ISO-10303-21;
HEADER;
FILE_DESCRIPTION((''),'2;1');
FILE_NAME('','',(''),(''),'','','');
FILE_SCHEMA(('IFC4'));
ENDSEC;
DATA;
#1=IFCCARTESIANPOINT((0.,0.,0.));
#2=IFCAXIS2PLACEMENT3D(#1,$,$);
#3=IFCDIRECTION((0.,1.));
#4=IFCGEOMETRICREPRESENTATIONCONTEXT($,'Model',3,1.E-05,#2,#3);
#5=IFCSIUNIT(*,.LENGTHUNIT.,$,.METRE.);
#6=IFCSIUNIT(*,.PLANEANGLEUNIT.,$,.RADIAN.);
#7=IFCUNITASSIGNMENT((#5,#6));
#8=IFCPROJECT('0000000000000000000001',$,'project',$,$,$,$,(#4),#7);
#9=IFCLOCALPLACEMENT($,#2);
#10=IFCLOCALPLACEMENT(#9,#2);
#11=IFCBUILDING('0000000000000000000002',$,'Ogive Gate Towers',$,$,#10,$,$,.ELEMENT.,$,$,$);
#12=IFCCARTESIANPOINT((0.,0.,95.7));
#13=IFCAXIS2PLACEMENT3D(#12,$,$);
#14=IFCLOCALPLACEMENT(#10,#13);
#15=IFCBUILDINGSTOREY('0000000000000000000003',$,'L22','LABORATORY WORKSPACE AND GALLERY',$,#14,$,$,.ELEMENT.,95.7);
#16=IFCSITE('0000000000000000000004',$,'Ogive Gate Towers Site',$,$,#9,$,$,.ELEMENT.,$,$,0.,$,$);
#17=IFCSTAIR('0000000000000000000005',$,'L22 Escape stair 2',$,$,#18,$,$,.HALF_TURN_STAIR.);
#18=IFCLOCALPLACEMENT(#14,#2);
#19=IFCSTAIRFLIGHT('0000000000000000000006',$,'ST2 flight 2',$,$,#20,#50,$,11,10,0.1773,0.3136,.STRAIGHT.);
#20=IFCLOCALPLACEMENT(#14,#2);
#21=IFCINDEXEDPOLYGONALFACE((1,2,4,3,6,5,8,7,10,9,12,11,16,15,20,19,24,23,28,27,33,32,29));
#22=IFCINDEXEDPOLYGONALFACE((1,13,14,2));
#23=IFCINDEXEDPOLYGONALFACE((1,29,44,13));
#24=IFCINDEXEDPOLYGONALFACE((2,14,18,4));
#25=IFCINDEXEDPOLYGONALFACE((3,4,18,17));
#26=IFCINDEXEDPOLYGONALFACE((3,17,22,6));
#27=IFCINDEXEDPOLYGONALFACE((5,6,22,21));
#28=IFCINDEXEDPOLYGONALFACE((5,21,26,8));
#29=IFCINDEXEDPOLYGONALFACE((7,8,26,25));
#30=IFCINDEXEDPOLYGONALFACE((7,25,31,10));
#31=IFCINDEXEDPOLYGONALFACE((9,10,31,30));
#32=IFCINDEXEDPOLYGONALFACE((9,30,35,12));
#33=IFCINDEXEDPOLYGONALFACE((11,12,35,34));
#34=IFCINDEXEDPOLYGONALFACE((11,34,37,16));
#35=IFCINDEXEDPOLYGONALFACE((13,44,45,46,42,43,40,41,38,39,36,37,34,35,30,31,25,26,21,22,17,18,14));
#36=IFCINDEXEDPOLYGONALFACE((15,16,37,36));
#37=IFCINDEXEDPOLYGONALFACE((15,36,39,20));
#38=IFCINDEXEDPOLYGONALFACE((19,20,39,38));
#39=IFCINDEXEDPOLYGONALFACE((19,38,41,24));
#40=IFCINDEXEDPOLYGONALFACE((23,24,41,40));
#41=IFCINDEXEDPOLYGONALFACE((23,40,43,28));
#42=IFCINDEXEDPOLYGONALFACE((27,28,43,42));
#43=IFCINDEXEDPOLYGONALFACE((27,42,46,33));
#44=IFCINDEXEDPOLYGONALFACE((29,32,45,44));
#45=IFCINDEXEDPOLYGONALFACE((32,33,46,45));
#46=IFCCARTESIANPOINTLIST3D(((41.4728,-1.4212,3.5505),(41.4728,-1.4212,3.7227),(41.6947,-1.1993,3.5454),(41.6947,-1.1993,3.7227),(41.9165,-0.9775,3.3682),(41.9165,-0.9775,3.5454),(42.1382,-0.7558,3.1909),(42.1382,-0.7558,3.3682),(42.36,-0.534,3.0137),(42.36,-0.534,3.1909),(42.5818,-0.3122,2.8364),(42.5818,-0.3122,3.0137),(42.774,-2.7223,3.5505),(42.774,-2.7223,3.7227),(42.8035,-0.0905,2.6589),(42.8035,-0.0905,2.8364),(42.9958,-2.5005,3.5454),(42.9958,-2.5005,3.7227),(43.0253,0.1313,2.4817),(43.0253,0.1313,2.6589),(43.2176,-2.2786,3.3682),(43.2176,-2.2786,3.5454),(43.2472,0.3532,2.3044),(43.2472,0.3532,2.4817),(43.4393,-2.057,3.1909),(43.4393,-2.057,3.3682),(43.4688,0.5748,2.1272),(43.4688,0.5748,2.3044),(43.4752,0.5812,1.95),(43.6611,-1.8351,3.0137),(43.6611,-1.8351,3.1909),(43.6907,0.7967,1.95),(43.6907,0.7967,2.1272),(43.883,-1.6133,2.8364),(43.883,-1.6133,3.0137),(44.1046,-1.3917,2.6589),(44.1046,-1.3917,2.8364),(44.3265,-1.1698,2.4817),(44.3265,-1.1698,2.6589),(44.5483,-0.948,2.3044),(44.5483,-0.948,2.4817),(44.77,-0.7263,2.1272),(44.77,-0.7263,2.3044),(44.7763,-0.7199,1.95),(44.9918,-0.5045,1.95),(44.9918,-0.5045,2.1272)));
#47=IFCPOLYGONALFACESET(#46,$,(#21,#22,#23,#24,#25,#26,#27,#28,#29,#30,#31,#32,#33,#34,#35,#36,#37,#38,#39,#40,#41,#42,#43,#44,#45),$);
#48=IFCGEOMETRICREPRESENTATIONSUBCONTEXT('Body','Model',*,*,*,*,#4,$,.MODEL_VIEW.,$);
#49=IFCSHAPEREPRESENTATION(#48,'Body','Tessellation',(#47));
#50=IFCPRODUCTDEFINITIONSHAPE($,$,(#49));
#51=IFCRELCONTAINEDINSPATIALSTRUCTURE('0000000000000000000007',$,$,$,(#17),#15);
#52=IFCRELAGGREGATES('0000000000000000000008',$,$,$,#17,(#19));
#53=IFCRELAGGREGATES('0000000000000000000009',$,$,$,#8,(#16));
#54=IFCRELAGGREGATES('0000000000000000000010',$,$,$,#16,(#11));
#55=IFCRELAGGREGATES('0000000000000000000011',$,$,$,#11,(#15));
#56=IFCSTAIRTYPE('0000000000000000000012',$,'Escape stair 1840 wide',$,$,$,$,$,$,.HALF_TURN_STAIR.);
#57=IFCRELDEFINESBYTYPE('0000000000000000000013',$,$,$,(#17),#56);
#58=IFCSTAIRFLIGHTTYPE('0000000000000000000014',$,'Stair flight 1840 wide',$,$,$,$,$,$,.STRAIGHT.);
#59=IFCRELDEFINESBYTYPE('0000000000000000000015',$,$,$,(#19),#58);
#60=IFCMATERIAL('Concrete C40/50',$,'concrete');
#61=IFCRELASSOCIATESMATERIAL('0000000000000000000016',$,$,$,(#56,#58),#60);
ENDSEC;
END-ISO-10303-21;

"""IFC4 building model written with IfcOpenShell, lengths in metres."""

from ifc_helpers import new_model, si_unit, direction, frame, origin, place, context, subcontext, project, spatial, polyline, outline, extrude, material, type_object, element, aggregate, save


model = new_model("IFC4")

# Units and contexts
model_context = context("Model", 3, precision=1e-05, world=origin(), true_north=direction((0.0, 1.0)))
body_context = subcontext(model_context, "Body", "Model", "MODEL_VIEW")
ifc_project = project(units=[si_unit("LENGTHUNIT", "METRE"), si_unit("PLANEANGLEUNIT", "RADIAN")], contexts=[model_context])

# Site, building, storey
site_placement = place(None, origin())
site = spatial("IfcSite", under=ifc_project, at=site_placement, Name="Ogive Gate Towers Site", CompositionType="ELEMENT", RefElevation=0.0)
building_placement = place(site_placement, origin())
building = spatial("IfcBuilding", under=site, at=building_placement, Name="Ogive Gate Towers", CompositionType="ELEMENT")
storey_placement = place(building_placement, frame((0.0, 0.0, 95.7)))
storey = spatial("IfcBuildingStorey", under=building, at=storey_placement, Name="L22", Description="LABORATORY WORKSPACE AND GALLERY", CompositionType="ELEMENT", Elevation=95.7)

# Shared definitions
ifc_material_1 = material(Name="Concrete C40/50", Category="concrete")

# Stair, stair flight
stair_type = type_object("IfcStairType", Name="Escape stair 1840 wide", PredefinedType="HALF_TURN_STAIR", material=ifc_material_1)
stair_placement = place(storey_placement, origin())
stair = element("IfcStair", 1, at=stair_placement, inside=storey, type_object=stair_type, Name="L22 Escape stair 2", PredefinedType="HALF_TURN_STAIR")
stair_flight_type = type_object("IfcStairFlightType", Name="Stair flight 1840 wide", PredefinedType="STRAIGHT", material=ifc_material_1)
stair_flight_placement = place(storey_placement, frame((44.3413, 0.146, 1.95), z_axis=(0.0, 0.0, 1.0), x_axis=(-0.707107, -0.707107, 0.0)))
stair_flight = element("IfcStairFlight", 2, at=stair_flight_placement, type_object=stair_flight_type, Name="ST2 flight 2", NumberOfRisers=11, NumberOfTreads=10, PredefinedType="STRAIGHT", RiserHeight=0.1773, TreadLength=0.3136, context=body_context, shape_type="SweptSolid", body=[
    extrude(outline(polyline([(0.0, 0.0), (0.0, 0.1772), (0.3137, 0.1772), (0.3137, 0.3545), (0.6272, 0.3545), (0.6272, 0.5317), (0.9409, 0.5317), (0.9409, 0.709), (1.2546, 0.709), (1.2546, 0.8865), (1.5681, 0.8865), (1.5681, 1.0637), (1.8818, 1.0637), (1.8818, 1.241), (2.1956, 1.241), (2.1956, 1.4182), (2.509, 1.4182), (2.509, 1.5955), (2.8228, 1.5955), (2.8228, 1.7727), (3.1365, 1.7727), (3.1365, 1.95), (3.1365, 1.6006), (0.3047, 0.0), (0.0, 0.0)])), frame((0.0, 0.9199, 0.0), z_axis=(0.0, -1.0, 0.0), x_axis=(1.0, 0.0, 0.0)), (0.0, 0.0, 1.0), 1.8401),
])
aggregate(stair, [stair_flight])

save(model, "model.ifc")
